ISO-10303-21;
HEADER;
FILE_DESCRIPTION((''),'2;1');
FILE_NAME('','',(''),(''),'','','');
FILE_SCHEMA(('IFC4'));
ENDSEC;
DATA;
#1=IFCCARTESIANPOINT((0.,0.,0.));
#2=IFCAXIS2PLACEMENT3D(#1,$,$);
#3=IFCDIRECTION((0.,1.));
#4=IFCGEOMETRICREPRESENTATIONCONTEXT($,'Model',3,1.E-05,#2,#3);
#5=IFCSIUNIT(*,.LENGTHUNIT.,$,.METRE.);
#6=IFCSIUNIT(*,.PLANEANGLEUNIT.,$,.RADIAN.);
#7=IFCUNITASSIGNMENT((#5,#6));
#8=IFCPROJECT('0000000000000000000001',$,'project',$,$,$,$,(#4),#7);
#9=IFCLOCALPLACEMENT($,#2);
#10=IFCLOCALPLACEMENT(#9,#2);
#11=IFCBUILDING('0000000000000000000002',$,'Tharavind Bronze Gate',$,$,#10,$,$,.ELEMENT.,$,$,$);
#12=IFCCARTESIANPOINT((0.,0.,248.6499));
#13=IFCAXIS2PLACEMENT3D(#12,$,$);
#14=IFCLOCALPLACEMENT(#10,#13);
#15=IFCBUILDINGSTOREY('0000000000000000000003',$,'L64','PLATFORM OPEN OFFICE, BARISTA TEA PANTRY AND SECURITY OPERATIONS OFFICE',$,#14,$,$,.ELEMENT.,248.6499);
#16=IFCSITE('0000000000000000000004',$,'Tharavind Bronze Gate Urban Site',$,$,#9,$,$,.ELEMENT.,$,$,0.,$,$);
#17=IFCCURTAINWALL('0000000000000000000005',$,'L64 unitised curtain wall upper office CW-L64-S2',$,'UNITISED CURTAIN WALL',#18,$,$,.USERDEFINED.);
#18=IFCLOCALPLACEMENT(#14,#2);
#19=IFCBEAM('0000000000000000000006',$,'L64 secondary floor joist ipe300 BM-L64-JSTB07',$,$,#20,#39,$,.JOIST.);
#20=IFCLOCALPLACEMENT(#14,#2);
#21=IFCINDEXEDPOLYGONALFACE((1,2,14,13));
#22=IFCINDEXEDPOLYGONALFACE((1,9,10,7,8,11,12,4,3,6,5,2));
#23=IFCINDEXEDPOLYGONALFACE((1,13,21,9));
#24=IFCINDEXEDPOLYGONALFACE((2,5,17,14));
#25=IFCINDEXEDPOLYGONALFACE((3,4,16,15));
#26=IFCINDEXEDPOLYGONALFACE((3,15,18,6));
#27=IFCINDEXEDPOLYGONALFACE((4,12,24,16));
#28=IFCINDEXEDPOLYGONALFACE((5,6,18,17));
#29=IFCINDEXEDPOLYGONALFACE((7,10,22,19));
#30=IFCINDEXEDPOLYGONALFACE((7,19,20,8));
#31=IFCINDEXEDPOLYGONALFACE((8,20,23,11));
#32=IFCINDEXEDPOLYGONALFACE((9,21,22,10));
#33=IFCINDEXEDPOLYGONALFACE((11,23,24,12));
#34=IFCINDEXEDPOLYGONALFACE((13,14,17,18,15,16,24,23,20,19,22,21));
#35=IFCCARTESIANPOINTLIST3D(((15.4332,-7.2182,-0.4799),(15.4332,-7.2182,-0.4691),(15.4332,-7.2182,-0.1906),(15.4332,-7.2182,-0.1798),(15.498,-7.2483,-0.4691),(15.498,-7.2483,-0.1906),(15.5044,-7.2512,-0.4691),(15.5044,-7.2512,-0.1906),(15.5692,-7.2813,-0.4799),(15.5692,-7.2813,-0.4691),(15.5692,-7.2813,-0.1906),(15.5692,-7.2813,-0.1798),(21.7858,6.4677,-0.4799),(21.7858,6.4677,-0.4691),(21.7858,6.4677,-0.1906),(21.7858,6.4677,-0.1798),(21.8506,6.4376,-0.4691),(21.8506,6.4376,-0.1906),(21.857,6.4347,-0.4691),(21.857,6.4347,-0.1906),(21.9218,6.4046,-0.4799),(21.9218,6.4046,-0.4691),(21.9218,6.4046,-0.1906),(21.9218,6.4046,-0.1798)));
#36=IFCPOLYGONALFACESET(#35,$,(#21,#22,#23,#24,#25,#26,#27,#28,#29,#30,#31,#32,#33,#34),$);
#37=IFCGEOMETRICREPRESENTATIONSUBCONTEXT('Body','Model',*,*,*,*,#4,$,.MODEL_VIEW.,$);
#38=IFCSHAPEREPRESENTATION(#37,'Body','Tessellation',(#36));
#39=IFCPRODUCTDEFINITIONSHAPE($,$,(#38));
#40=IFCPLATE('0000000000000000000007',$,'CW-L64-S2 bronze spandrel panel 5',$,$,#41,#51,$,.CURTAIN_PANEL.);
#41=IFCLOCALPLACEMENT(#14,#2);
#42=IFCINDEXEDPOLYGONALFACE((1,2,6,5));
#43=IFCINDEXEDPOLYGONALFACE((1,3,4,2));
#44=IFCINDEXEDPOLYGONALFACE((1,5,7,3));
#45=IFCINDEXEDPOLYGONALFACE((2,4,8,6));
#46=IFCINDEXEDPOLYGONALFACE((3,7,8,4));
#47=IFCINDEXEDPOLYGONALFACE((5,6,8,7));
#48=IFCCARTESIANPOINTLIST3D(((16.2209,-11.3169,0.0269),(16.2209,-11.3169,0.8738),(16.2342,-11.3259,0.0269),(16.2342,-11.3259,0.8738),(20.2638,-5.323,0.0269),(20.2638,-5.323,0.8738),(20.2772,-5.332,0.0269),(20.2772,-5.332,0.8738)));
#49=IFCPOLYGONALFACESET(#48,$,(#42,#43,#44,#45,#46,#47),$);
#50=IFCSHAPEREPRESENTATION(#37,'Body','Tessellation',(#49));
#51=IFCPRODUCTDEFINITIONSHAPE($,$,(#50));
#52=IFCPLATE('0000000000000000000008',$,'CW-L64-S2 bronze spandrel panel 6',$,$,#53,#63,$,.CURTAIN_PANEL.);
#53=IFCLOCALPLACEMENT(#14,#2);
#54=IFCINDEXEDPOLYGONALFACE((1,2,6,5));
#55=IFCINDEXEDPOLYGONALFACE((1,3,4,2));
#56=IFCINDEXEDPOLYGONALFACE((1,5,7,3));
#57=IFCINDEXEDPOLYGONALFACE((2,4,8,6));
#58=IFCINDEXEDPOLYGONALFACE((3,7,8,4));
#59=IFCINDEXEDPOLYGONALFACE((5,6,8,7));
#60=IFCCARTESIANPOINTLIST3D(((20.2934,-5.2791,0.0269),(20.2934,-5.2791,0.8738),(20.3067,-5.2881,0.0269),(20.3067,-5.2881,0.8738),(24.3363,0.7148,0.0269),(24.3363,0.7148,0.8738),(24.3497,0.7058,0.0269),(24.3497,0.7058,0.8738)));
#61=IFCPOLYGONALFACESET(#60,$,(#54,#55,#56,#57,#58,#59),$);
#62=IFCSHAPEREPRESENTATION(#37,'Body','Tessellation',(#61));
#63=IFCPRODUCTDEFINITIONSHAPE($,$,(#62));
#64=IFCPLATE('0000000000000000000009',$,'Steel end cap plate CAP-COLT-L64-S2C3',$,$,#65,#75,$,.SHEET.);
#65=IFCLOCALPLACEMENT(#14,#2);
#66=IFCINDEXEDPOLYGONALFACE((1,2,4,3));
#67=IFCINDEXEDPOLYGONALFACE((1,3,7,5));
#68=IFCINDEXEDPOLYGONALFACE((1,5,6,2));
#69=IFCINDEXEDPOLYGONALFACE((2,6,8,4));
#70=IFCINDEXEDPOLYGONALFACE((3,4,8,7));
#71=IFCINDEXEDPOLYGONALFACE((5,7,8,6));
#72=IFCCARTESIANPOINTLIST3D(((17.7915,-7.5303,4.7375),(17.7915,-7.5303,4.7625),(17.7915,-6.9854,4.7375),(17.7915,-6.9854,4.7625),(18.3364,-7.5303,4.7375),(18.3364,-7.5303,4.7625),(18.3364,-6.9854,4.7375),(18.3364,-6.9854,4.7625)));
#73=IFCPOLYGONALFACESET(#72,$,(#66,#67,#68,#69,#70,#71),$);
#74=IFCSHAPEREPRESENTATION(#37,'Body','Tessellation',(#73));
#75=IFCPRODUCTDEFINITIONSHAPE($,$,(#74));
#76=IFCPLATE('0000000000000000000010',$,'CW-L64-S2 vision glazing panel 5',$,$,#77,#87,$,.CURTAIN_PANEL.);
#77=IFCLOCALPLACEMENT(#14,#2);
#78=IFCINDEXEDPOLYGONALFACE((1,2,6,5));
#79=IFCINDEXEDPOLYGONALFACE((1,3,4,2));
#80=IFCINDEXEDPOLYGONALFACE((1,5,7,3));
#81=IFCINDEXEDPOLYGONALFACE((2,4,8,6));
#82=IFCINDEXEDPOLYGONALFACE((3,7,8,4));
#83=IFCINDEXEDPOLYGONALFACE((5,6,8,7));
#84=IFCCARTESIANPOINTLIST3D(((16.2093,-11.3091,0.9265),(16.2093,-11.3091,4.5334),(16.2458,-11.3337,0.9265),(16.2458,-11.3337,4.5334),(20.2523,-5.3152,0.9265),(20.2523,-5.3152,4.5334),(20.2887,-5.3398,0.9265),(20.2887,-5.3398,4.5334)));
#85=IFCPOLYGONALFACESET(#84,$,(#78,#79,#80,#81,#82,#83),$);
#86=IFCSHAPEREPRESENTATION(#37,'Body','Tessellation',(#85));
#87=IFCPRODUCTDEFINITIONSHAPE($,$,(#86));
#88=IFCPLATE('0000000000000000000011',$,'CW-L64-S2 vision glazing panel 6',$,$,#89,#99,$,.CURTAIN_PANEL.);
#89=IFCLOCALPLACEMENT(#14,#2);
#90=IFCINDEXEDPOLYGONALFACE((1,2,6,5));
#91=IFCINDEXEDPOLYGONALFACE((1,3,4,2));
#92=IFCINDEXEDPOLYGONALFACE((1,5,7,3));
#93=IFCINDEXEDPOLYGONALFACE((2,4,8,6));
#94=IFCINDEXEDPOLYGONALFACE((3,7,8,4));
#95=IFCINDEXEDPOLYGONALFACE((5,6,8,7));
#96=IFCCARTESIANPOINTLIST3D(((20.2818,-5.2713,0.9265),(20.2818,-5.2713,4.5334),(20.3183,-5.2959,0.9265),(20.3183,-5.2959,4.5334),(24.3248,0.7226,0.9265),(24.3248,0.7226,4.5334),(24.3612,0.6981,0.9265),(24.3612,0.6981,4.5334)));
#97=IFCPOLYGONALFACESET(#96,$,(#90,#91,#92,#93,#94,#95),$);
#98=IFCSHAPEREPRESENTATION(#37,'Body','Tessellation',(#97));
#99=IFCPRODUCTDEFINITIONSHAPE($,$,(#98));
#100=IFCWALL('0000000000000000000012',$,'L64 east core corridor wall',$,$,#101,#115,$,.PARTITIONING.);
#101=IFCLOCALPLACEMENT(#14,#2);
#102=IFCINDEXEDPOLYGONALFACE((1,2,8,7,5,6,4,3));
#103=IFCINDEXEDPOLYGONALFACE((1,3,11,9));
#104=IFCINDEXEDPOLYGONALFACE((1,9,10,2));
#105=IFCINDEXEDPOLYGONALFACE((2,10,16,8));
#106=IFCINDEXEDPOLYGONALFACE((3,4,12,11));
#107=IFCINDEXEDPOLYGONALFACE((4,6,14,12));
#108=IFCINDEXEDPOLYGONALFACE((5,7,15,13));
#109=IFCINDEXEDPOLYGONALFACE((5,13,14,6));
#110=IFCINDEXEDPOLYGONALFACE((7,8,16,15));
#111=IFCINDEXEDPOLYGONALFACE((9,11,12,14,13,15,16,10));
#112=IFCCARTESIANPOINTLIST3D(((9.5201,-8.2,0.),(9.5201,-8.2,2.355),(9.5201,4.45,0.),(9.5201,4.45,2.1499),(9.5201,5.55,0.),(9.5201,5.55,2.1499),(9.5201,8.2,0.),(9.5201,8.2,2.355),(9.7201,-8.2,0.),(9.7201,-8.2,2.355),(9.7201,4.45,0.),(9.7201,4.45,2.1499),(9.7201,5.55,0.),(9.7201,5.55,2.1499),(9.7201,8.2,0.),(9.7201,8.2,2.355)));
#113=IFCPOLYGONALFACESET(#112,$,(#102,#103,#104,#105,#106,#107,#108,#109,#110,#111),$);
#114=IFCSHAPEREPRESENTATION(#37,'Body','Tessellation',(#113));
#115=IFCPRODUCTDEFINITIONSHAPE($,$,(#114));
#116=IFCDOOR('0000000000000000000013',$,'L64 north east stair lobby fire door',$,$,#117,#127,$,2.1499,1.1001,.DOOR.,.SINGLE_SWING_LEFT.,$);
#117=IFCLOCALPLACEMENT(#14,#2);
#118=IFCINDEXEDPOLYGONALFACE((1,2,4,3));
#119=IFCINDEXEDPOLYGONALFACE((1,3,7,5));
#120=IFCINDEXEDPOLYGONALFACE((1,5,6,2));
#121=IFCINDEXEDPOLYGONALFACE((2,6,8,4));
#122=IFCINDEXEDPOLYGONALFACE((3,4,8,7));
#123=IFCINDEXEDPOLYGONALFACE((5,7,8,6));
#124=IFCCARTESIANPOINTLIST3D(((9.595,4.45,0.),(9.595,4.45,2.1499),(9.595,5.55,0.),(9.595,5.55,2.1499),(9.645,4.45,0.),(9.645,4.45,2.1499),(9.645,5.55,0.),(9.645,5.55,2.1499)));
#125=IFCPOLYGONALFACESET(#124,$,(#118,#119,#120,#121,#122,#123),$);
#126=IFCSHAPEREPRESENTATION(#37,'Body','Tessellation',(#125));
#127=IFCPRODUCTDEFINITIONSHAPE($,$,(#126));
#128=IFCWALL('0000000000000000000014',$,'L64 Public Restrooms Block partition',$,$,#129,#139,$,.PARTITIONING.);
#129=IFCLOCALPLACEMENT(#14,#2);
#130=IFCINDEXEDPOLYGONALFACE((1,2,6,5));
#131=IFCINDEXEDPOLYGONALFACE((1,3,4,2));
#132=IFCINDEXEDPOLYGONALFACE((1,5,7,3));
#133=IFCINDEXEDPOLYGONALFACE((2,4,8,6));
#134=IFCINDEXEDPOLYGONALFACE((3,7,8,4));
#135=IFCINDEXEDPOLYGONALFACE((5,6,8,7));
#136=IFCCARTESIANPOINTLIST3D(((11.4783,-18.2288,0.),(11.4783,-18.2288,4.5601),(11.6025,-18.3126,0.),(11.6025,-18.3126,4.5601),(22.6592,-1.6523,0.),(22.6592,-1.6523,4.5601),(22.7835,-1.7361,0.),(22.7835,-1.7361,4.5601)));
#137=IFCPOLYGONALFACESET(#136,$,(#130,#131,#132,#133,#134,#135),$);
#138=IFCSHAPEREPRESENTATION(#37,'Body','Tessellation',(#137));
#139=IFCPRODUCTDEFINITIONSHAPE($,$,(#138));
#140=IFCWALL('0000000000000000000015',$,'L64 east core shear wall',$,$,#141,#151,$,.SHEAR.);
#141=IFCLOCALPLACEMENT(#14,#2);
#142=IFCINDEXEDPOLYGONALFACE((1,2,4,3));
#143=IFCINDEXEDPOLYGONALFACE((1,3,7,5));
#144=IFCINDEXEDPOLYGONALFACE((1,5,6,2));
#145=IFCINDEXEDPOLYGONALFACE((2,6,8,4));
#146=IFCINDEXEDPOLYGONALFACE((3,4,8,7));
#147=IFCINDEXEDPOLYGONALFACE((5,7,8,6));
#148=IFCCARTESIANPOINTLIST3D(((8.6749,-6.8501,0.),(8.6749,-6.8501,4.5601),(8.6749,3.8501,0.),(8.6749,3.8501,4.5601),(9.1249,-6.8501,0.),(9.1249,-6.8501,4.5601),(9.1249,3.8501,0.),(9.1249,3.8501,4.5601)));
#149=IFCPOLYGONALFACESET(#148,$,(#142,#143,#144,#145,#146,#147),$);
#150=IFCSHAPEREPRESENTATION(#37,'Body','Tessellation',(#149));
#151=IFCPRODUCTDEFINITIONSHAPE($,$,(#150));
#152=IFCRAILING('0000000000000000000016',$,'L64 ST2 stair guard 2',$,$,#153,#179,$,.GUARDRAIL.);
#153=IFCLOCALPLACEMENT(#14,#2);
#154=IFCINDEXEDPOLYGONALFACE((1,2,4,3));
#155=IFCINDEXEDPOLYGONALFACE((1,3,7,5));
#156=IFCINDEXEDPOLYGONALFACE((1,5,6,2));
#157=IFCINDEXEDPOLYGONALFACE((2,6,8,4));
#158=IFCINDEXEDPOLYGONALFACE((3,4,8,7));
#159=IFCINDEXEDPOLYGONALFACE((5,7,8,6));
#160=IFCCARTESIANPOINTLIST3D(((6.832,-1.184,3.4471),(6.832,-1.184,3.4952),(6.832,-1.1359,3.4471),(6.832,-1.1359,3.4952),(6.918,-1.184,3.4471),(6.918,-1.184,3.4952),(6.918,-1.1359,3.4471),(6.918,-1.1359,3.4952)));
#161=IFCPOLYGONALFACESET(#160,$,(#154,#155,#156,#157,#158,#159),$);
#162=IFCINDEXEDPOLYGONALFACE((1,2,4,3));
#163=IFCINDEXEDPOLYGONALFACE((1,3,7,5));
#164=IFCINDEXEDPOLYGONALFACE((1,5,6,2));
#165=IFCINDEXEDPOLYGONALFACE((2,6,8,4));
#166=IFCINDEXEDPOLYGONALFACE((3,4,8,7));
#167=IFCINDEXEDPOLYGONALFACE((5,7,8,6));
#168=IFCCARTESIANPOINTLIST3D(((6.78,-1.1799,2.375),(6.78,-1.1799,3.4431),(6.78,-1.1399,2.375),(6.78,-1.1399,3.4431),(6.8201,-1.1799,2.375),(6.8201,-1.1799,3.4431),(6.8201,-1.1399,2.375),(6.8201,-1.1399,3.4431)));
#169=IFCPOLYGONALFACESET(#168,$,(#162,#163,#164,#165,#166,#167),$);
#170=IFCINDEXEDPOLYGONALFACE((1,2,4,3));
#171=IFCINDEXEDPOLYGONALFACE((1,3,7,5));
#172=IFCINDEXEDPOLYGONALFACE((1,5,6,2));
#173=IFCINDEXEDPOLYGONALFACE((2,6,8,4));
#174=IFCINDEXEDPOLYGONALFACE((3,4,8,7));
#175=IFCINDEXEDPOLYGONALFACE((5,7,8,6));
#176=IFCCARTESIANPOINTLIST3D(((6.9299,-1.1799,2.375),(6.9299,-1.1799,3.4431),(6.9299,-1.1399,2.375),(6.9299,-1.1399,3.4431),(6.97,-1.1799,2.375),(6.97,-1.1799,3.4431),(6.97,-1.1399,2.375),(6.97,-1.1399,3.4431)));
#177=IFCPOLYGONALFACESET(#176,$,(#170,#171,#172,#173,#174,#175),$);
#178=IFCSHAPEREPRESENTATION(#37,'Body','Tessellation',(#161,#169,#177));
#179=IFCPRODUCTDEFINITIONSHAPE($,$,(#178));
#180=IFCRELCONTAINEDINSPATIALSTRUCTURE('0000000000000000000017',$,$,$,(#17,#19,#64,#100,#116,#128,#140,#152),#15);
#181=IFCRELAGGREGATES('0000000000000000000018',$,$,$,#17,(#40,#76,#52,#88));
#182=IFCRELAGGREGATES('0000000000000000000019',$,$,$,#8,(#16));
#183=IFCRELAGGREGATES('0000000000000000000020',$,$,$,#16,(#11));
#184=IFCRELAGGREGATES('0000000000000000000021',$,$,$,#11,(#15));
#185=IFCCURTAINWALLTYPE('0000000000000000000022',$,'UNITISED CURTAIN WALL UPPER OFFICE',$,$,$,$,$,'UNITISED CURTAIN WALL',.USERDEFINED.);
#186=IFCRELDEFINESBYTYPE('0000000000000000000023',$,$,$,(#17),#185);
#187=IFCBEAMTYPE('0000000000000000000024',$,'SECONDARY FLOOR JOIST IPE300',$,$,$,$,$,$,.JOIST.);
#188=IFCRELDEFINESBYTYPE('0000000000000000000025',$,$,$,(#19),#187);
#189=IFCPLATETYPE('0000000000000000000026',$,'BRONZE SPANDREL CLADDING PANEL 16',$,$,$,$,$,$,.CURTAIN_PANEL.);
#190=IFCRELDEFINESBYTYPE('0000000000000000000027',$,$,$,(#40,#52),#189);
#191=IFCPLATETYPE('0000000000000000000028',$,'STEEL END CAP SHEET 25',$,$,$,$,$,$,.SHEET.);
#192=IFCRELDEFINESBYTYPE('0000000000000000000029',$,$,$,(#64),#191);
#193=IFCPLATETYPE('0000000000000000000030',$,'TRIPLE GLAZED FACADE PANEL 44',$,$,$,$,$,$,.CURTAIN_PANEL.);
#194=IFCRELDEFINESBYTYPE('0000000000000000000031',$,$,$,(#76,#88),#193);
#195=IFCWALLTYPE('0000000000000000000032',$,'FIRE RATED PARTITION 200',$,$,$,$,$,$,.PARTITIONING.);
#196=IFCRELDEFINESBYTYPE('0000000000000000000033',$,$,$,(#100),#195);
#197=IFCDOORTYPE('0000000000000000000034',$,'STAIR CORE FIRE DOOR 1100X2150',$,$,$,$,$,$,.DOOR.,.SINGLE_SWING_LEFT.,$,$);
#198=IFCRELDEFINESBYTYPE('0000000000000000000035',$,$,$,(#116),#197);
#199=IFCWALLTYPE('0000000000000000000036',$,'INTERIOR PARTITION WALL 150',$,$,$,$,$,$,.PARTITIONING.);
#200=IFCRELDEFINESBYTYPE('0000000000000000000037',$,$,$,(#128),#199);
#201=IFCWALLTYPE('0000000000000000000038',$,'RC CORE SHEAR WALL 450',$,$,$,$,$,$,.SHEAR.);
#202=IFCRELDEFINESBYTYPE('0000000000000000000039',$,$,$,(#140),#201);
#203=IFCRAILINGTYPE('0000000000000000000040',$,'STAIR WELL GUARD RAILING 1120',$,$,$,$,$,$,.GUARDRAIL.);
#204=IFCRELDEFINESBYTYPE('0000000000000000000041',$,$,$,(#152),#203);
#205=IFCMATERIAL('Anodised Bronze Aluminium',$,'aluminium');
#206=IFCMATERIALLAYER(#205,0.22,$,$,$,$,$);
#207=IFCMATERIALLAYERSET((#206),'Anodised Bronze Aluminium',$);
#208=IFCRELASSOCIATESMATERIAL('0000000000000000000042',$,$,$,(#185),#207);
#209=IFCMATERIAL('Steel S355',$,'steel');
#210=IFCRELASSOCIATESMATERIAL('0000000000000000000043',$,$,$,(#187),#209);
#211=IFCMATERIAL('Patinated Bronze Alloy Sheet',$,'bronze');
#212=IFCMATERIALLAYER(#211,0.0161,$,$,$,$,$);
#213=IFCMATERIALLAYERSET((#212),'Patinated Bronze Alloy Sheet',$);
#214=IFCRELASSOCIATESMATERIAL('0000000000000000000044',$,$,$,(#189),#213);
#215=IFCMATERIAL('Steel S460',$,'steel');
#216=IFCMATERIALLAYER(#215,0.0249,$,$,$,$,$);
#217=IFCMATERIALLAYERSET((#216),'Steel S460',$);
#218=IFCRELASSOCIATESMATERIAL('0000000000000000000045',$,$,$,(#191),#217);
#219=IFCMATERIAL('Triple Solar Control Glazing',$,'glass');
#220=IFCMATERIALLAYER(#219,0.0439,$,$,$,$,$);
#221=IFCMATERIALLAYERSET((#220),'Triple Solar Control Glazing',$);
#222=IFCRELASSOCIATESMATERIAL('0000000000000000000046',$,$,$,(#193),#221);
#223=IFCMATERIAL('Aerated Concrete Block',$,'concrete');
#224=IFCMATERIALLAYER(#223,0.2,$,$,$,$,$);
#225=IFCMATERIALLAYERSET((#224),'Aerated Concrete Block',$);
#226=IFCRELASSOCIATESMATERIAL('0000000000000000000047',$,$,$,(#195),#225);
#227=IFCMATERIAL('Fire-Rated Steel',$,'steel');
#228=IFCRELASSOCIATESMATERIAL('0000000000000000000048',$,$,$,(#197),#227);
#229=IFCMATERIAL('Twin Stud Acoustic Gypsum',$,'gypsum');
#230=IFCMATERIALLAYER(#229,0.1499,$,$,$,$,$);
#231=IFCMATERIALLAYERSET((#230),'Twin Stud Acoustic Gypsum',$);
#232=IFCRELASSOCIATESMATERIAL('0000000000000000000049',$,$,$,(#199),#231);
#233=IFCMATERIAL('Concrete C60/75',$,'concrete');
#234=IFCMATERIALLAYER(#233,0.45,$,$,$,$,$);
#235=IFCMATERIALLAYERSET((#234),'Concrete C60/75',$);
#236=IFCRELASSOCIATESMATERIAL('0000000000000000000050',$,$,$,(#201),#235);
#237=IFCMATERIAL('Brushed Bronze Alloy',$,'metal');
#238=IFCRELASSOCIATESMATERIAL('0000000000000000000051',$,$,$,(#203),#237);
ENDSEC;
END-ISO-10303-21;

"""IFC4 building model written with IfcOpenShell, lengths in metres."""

from ifc_helpers import new_model, si_unit, direction, frame, frame_2d, origin, origin_2d, place, context, subcontext, project, spatial, rectangle, i_section, extrude, material, layer, layer_set, material_profile, profile_set, type_object, element, fill, aggregate, save


model = new_model("IFC4")

# Units and contexts
model_context = context("Model", 3, precision=1e-05, world=origin(), true_north=direction((0.0, 1.0)))
body_context = subcontext(model_context, "Body", "Model", "MODEL_VIEW")
ifc_project = project(units=[si_unit("LENGTHUNIT", "METRE"), si_unit("PLANEANGLEUNIT", "RADIAN")], contexts=[model_context])

# Site, building, storey
site_placement = place(None, origin())
site = spatial("IfcSite", under=ifc_project, at=site_placement, Name="Tharavind Bronze Gate Urban Site", CompositionType="ELEMENT", RefElevation=0.0)
building_placement = place(site_placement, origin())
building = spatial("IfcBuilding", under=site, at=building_placement, Name="Tharavind Bronze Gate", CompositionType="ELEMENT")
storey_placement = place(building_placement, frame((0.0, 0.0, 248.6499)))
storey = spatial("IfcBuildingStorey", under=building, at=storey_placement, Name="L64", Description="PLATFORM OPEN OFFICE, BARISTA TEA PANTRY AND SECURITY OPERATIONS OFFICE", CompositionType="ELEMENT", Elevation=248.6499)

# Shared definitions
ifc_material_1 = material(Name="Steel S460", Category="steel")

# Curtain wall
ifc_material_2 = material(Name="Anodised Bronze Aluminium", Category="aluminium")
ifc_layer_1 = layer(ifc_material_2, 0.22)
ifc_layer_set_1 = layer_set([ifc_layer_1], Name="Anodised Bronze Aluminium")
curtain_wall_type = type_object("IfcCurtainWallType", Name="UNITISED CURTAIN WALL UPPER OFFICE", ElementType="UNITISED CURTAIN WALL", PredefinedType="USERDEFINED", material=ifc_layer_set_1)
curtain_wall_placement = place(storey_placement, origin())
curtain_wall = element("IfcCurtainWall", 1, at=curtain_wall_placement, inside=storey, type_object=curtain_wall_type, Name="L64 unitised curtain wall upper office CW-L64-S2", ObjectType="UNITISED CURTAIN WALL", PredefinedType="USERDEFINED")

# Beam
ifc_material_3 = material(Name="Steel S355", Category="steel")
ifc_material_profile_1 = material_profile(ifc_material_3, i_section(OverallWidth=0.1499, OverallDepth=0.3, WebThickness=0.0071, FlangeThickness=0.0107, at=origin_2d()), Name="IPE300")
ifc_profile_set_1 = profile_set([ifc_material_profile_1], Name="Steel S355")
beam_type_1 = type_object("IfcBeamType", Name="SECONDARY FLOOR JOIST IPE300", PredefinedType="JOIST", material=ifc_profile_set_1)
beam_1_placement = place(storey_placement, frame((15.5012, -7.2498, -0.3298), z_axis=(0.421025, 0.907049, 0.0), x_axis=(-0.907049, 0.421025, 0.0)))
element("IfcBeam", 2, at=beam_1_placement, inside=storey, type_object=beam_type_1, Name="L64 secondary floor joist ipe300 BM-L64-JSTB07", PredefinedType="JOIST", context=body_context, shape_type="SweptSolid", body=[
    extrude(i_section(OverallWidth=0.1499, OverallDepth=0.3, WebThickness=0.0071, FlangeThickness=0.0107, at=origin_2d()), origin(), (0.0, 0.0, 1.0), 15.0884),
])

# Plates
ifc_material_4 = material(Name="Patinated Bronze Alloy Sheet", Category="bronze")
ifc_layer_2 = layer(ifc_material_4, 0.0161)
ifc_layer_set_2 = layer_set([ifc_layer_2], Name="Patinated Bronze Alloy Sheet")
plate_type_1 = type_object("IfcPlateType", Name="BRONZE SPANDREL CLADDING PANEL 16", PredefinedType="CURTAIN_PANEL", material=ifc_layer_set_2)
plate_1_placement = place(storey_placement, frame((18.249, -8.3245, 0.0269), z_axis=(0.0, 0.0, 1.0), x_axis=(0.559193, 0.829038, 0.0)))
plate_1 = element("IfcPlate", 3, at=plate_1_placement, type_object=plate_type_1, Name="CW-L64-S2 bronze spandrel panel 5", PredefinedType="CURTAIN_PANEL", context=body_context, shape_type="SweptSolid", body=[
    extrude(rectangle(XDim=7.23, YDim=0.0161, at=origin_2d()), origin(), (0.0, 0.0, 1.0), 0.8469),
])
plate_2_placement = place(storey_placement, frame((22.3215, -2.2866, 0.0269), z_axis=(0.0, 0.0, 1.0), x_axis=(0.559193, 0.829038, 0.0)))
plate_2 = element("IfcPlate", 4, at=plate_2_placement, type_object=plate_type_1, Name="CW-L64-S2 bronze spandrel panel 6", PredefinedType="CURTAIN_PANEL", context=body_context, shape_type="SweptSolid", body=[
    extrude(rectangle(XDim=7.23, YDim=0.0161, at=origin_2d()), origin(), (0.0, 0.0, 1.0), 0.8469),
])
ifc_layer_3 = layer(ifc_material_1, 0.0249)
ifc_layer_set_3 = layer_set([ifc_layer_3], Name="Steel S460")
plate_type_2 = type_object("IfcPlateType", Name="STEEL END CAP SHEET 25", PredefinedType="SHEET", material=ifc_layer_set_3)
plate_3_placement = place(storey_placement, frame((18.064, -7.2578, 4.7375), z_axis=(0.0, 0.0, 1.0), x_axis=(1.0, 0.0, 0.0)))
element("IfcPlate", 5, at=plate_3_placement, inside=storey, type_object=plate_type_2, Name="Steel end cap plate CAP-COLT-L64-S2C3", PredefinedType="SHEET", context=body_context, shape_type="SweptSolid", body=[
    extrude(rectangle(XDim=0.5449, YDim=0.5449, at=origin_2d()), origin(), (0.0, 0.0, 1.0), 0.0249),
])
ifc_material_5 = material(Name="Triple Solar Control Glazing", Category="glass")
ifc_layer_4 = layer(ifc_material_5, 0.0439)
ifc_layer_set_4 = layer_set([ifc_layer_4], Name="Triple Solar Control Glazing")
plate_type_3 = type_object("IfcPlateType", Name="TRIPLE GLAZED FACADE PANEL 44", PredefinedType="CURTAIN_PANEL", material=ifc_layer_set_4)
plate_4_placement = place(storey_placement, frame((18.249, -8.3245, 0.9265), z_axis=(0.0, 0.0, 1.0), x_axis=(0.559193, 0.829038, 0.0)))
plate_4 = element("IfcPlate", 6, at=plate_4_placement, type_object=plate_type_3, Name="CW-L64-S2 vision glazing panel 5", PredefinedType="CURTAIN_PANEL", context=body_context, shape_type="SweptSolid", body=[
    extrude(rectangle(XDim=7.23, YDim=0.0439, at=origin_2d()), origin(), (0.0, 0.0, 1.0), 3.6069),
])
plate_5_placement = place(storey_placement, frame((22.3215, -2.2866, 0.9265), z_axis=(0.0, 0.0, 1.0), x_axis=(0.559193, 0.829038, 0.0)))
plate_5 = element("IfcPlate", 7, at=plate_5_placement, type_object=plate_type_3, Name="CW-L64-S2 vision glazing panel 6", PredefinedType="CURTAIN_PANEL", context=body_context, shape_type="SweptSolid", body=[
    extrude(rectangle(XDim=7.23, YDim=0.0439, at=origin_2d()), origin(), (0.0, 0.0, 1.0), 3.6069),
])
aggregate(curtain_wall, [plate_1, plate_4, plate_2, plate_5])

# Wall, opening, door
ifc_material_6 = material(Name="Aerated Concrete Block", Category="concrete")
ifc_layer_5 = layer(ifc_material_6, 0.2)
ifc_layer_set_5 = layer_set([ifc_layer_5], Name="Aerated Concrete Block")
wall_type_1 = type_object("IfcWallType", Name="FIRE RATED PARTITION 200", PredefinedType="PARTITIONING", material=ifc_layer_set_5)
wall_1_placement = place(storey_placement, frame((9.6201, -8.2, 0.0), z_axis=(0.0, 0.0, 1.0), x_axis=(0.0, 1.0, 0.0)))
wall_1 = element("IfcWall", 8, at=wall_1_placement, inside=storey, type_object=wall_type_1, Name="L64 east core corridor wall", PredefinedType="PARTITIONING", context=body_context, shape_type="SweptSolid", body=[
    extrude(rectangle(XDim=16.3999, YDim=0.2, at=frame_2d((8.2, 0.0))), origin(), (0.0, 0.0, 1.0), 2.355),
])
opening_placement = place(wall_1_placement, frame((12.6499, 0.0, 0.0)))
opening = element("IfcOpeningElement", 9, at=opening_placement, cuts=wall_1, PredefinedType="OPENING", context=body_context, shape_type="SweptSolid", body=[
    extrude(rectangle(XDim=1.1001, YDim=2.1499, at=frame_2d((0.55, 1.075))), frame((0.0, 0.1101, 0.0), z_axis=(0.0, -1.0, 0.0), x_axis=(1.0, 0.0, 0.0)), (0.0, 0.0, 1.0), 0.22),
])
ifc_material_7 = material(Name="Fire-Rated Steel", Category="steel")
door_type = type_object("IfcDoorType", Name="STAIR CORE FIRE DOOR 1100X2150", OperationType="SINGLE_SWING_LEFT", PredefinedType="DOOR", material=ifc_material_7)
door_placement = place(opening_placement, frame((1.1001, 0.0, 0.0), z_axis=(0.0, 0.0, 1.0), x_axis=(-1.0, 0.0, 0.0)))
door = element("IfcDoor", 10, at=door_placement, inside=storey, type_object=door_type, Name="L64 north east stair lobby fire door", OperationType="SINGLE_SWING_LEFT", OverallHeight=2.1499, OverallWidth=1.1001, PredefinedType="DOOR", context=body_context, shape_type="SweptSolid", body=[
    extrude(rectangle(XDim=1.1001, YDim=2.1499, at=frame_2d((0.55, 1.075))), frame((0.0, 0.0249, 0.0), z_axis=(0.0, -1.0, 0.0), x_axis=(1.0, 0.0, 0.0)), (0.0, 0.0, 1.0), 0.05),
])
fill(opening, door)

# Walls
ifc_material_8 = material(Name="Twin Stud Acoustic Gypsum", Category="gypsum")
ifc_layer_6 = layer(ifc_material_8, 0.1499)
ifc_layer_set_6 = layer_set([ifc_layer_6], Name="Twin Stud Acoustic Gypsum")
wall_type_2 = type_object("IfcWallType", Name="INTERIOR PARTITION WALL 150", PredefinedType="PARTITIONING", material=ifc_layer_set_6)
wall_2_placement = place(storey_placement, frame((22.7214, -1.6941, 0.0), z_axis=(0.0, 0.0, 1.0), x_axis=(-0.559192, -0.829038, 0.0)))
element("IfcWall", 11, at=wall_2_placement, inside=storey, type_object=wall_type_2, Name="L64 Public Restrooms Block partition", PredefinedType="PARTITIONING", context=body_context, shape_type="SweptSolid", body=[
    extrude(rectangle(XDim=19.9949, YDim=0.1499, at=frame_2d((9.9976, 0.0))), origin(), (0.0, 0.0, 1.0), 4.5601),
])
ifc_material_9 = material(Name="Concrete C60/75", Category="concrete")
ifc_layer_7 = layer(ifc_material_9, 0.45)
ifc_layer_set_7 = layer_set([ifc_layer_7], Name="Concrete C60/75")
wall_type_3 = type_object("IfcWallType", Name="RC CORE SHEAR WALL 450", PredefinedType="SHEAR", material=ifc_layer_set_7)
wall_3_placement = place(storey_placement, frame((8.8999, -6.8501, 0.0), z_axis=(0.0, 0.0, 1.0), x_axis=(0.0, 1.0, 0.0)))
element("IfcWall", 12, at=wall_3_placement, inside=storey, type_object=wall_type_3, Name="L64 east core shear wall", PredefinedType="SHEAR", context=body_context, shape_type="SweptSolid", body=[
    extrude(rectangle(XDim=10.7002, YDim=0.45, at=frame_2d((5.3501, 0.0))), origin(), (0.0, 0.0, 1.0), 4.5601),
])

# Railing
ifc_material_10 = material(Name="Brushed Bronze Alloy", Category="metal")
railing_type = type_object("IfcRailingType", Name="STAIR WELL GUARD RAILING 1120", PredefinedType="GUARDRAIL", material=ifc_material_10)
railing_1_placement = place(storey_placement, frame((6.8, -1.1599, 2.375)))
element("IfcRailing", 13, at=railing_1_placement, inside=storey, type_object=railing_type, Name="L64 ST2 stair guard 2", PredefinedType="GUARDRAIL", context=body_context, shape_type="SweptSolid", body=[
    extrude(rectangle(XDim=0.0481, YDim=0.0481, at=origin_2d()), frame((0.032, 0.0, 1.0962), z_axis=(1.0, 0.0, 0.0), x_axis=(0.0, 1.0, 0.0)), (0.0, 0.0, 1.0), 0.0859),
    extrude(rectangle(XDim=0.04, YDim=0.04, at=origin_2d()), origin(), (0.0, 0.0, 1.0), 1.0681),
    extrude(rectangle(XDim=0.04, YDim=0.04, at=origin_2d()), frame((0.1499, 0.0, 0.0)), (0.0, 0.0, 1.0), 1.0681),
])

save(model, "model.ifc")
